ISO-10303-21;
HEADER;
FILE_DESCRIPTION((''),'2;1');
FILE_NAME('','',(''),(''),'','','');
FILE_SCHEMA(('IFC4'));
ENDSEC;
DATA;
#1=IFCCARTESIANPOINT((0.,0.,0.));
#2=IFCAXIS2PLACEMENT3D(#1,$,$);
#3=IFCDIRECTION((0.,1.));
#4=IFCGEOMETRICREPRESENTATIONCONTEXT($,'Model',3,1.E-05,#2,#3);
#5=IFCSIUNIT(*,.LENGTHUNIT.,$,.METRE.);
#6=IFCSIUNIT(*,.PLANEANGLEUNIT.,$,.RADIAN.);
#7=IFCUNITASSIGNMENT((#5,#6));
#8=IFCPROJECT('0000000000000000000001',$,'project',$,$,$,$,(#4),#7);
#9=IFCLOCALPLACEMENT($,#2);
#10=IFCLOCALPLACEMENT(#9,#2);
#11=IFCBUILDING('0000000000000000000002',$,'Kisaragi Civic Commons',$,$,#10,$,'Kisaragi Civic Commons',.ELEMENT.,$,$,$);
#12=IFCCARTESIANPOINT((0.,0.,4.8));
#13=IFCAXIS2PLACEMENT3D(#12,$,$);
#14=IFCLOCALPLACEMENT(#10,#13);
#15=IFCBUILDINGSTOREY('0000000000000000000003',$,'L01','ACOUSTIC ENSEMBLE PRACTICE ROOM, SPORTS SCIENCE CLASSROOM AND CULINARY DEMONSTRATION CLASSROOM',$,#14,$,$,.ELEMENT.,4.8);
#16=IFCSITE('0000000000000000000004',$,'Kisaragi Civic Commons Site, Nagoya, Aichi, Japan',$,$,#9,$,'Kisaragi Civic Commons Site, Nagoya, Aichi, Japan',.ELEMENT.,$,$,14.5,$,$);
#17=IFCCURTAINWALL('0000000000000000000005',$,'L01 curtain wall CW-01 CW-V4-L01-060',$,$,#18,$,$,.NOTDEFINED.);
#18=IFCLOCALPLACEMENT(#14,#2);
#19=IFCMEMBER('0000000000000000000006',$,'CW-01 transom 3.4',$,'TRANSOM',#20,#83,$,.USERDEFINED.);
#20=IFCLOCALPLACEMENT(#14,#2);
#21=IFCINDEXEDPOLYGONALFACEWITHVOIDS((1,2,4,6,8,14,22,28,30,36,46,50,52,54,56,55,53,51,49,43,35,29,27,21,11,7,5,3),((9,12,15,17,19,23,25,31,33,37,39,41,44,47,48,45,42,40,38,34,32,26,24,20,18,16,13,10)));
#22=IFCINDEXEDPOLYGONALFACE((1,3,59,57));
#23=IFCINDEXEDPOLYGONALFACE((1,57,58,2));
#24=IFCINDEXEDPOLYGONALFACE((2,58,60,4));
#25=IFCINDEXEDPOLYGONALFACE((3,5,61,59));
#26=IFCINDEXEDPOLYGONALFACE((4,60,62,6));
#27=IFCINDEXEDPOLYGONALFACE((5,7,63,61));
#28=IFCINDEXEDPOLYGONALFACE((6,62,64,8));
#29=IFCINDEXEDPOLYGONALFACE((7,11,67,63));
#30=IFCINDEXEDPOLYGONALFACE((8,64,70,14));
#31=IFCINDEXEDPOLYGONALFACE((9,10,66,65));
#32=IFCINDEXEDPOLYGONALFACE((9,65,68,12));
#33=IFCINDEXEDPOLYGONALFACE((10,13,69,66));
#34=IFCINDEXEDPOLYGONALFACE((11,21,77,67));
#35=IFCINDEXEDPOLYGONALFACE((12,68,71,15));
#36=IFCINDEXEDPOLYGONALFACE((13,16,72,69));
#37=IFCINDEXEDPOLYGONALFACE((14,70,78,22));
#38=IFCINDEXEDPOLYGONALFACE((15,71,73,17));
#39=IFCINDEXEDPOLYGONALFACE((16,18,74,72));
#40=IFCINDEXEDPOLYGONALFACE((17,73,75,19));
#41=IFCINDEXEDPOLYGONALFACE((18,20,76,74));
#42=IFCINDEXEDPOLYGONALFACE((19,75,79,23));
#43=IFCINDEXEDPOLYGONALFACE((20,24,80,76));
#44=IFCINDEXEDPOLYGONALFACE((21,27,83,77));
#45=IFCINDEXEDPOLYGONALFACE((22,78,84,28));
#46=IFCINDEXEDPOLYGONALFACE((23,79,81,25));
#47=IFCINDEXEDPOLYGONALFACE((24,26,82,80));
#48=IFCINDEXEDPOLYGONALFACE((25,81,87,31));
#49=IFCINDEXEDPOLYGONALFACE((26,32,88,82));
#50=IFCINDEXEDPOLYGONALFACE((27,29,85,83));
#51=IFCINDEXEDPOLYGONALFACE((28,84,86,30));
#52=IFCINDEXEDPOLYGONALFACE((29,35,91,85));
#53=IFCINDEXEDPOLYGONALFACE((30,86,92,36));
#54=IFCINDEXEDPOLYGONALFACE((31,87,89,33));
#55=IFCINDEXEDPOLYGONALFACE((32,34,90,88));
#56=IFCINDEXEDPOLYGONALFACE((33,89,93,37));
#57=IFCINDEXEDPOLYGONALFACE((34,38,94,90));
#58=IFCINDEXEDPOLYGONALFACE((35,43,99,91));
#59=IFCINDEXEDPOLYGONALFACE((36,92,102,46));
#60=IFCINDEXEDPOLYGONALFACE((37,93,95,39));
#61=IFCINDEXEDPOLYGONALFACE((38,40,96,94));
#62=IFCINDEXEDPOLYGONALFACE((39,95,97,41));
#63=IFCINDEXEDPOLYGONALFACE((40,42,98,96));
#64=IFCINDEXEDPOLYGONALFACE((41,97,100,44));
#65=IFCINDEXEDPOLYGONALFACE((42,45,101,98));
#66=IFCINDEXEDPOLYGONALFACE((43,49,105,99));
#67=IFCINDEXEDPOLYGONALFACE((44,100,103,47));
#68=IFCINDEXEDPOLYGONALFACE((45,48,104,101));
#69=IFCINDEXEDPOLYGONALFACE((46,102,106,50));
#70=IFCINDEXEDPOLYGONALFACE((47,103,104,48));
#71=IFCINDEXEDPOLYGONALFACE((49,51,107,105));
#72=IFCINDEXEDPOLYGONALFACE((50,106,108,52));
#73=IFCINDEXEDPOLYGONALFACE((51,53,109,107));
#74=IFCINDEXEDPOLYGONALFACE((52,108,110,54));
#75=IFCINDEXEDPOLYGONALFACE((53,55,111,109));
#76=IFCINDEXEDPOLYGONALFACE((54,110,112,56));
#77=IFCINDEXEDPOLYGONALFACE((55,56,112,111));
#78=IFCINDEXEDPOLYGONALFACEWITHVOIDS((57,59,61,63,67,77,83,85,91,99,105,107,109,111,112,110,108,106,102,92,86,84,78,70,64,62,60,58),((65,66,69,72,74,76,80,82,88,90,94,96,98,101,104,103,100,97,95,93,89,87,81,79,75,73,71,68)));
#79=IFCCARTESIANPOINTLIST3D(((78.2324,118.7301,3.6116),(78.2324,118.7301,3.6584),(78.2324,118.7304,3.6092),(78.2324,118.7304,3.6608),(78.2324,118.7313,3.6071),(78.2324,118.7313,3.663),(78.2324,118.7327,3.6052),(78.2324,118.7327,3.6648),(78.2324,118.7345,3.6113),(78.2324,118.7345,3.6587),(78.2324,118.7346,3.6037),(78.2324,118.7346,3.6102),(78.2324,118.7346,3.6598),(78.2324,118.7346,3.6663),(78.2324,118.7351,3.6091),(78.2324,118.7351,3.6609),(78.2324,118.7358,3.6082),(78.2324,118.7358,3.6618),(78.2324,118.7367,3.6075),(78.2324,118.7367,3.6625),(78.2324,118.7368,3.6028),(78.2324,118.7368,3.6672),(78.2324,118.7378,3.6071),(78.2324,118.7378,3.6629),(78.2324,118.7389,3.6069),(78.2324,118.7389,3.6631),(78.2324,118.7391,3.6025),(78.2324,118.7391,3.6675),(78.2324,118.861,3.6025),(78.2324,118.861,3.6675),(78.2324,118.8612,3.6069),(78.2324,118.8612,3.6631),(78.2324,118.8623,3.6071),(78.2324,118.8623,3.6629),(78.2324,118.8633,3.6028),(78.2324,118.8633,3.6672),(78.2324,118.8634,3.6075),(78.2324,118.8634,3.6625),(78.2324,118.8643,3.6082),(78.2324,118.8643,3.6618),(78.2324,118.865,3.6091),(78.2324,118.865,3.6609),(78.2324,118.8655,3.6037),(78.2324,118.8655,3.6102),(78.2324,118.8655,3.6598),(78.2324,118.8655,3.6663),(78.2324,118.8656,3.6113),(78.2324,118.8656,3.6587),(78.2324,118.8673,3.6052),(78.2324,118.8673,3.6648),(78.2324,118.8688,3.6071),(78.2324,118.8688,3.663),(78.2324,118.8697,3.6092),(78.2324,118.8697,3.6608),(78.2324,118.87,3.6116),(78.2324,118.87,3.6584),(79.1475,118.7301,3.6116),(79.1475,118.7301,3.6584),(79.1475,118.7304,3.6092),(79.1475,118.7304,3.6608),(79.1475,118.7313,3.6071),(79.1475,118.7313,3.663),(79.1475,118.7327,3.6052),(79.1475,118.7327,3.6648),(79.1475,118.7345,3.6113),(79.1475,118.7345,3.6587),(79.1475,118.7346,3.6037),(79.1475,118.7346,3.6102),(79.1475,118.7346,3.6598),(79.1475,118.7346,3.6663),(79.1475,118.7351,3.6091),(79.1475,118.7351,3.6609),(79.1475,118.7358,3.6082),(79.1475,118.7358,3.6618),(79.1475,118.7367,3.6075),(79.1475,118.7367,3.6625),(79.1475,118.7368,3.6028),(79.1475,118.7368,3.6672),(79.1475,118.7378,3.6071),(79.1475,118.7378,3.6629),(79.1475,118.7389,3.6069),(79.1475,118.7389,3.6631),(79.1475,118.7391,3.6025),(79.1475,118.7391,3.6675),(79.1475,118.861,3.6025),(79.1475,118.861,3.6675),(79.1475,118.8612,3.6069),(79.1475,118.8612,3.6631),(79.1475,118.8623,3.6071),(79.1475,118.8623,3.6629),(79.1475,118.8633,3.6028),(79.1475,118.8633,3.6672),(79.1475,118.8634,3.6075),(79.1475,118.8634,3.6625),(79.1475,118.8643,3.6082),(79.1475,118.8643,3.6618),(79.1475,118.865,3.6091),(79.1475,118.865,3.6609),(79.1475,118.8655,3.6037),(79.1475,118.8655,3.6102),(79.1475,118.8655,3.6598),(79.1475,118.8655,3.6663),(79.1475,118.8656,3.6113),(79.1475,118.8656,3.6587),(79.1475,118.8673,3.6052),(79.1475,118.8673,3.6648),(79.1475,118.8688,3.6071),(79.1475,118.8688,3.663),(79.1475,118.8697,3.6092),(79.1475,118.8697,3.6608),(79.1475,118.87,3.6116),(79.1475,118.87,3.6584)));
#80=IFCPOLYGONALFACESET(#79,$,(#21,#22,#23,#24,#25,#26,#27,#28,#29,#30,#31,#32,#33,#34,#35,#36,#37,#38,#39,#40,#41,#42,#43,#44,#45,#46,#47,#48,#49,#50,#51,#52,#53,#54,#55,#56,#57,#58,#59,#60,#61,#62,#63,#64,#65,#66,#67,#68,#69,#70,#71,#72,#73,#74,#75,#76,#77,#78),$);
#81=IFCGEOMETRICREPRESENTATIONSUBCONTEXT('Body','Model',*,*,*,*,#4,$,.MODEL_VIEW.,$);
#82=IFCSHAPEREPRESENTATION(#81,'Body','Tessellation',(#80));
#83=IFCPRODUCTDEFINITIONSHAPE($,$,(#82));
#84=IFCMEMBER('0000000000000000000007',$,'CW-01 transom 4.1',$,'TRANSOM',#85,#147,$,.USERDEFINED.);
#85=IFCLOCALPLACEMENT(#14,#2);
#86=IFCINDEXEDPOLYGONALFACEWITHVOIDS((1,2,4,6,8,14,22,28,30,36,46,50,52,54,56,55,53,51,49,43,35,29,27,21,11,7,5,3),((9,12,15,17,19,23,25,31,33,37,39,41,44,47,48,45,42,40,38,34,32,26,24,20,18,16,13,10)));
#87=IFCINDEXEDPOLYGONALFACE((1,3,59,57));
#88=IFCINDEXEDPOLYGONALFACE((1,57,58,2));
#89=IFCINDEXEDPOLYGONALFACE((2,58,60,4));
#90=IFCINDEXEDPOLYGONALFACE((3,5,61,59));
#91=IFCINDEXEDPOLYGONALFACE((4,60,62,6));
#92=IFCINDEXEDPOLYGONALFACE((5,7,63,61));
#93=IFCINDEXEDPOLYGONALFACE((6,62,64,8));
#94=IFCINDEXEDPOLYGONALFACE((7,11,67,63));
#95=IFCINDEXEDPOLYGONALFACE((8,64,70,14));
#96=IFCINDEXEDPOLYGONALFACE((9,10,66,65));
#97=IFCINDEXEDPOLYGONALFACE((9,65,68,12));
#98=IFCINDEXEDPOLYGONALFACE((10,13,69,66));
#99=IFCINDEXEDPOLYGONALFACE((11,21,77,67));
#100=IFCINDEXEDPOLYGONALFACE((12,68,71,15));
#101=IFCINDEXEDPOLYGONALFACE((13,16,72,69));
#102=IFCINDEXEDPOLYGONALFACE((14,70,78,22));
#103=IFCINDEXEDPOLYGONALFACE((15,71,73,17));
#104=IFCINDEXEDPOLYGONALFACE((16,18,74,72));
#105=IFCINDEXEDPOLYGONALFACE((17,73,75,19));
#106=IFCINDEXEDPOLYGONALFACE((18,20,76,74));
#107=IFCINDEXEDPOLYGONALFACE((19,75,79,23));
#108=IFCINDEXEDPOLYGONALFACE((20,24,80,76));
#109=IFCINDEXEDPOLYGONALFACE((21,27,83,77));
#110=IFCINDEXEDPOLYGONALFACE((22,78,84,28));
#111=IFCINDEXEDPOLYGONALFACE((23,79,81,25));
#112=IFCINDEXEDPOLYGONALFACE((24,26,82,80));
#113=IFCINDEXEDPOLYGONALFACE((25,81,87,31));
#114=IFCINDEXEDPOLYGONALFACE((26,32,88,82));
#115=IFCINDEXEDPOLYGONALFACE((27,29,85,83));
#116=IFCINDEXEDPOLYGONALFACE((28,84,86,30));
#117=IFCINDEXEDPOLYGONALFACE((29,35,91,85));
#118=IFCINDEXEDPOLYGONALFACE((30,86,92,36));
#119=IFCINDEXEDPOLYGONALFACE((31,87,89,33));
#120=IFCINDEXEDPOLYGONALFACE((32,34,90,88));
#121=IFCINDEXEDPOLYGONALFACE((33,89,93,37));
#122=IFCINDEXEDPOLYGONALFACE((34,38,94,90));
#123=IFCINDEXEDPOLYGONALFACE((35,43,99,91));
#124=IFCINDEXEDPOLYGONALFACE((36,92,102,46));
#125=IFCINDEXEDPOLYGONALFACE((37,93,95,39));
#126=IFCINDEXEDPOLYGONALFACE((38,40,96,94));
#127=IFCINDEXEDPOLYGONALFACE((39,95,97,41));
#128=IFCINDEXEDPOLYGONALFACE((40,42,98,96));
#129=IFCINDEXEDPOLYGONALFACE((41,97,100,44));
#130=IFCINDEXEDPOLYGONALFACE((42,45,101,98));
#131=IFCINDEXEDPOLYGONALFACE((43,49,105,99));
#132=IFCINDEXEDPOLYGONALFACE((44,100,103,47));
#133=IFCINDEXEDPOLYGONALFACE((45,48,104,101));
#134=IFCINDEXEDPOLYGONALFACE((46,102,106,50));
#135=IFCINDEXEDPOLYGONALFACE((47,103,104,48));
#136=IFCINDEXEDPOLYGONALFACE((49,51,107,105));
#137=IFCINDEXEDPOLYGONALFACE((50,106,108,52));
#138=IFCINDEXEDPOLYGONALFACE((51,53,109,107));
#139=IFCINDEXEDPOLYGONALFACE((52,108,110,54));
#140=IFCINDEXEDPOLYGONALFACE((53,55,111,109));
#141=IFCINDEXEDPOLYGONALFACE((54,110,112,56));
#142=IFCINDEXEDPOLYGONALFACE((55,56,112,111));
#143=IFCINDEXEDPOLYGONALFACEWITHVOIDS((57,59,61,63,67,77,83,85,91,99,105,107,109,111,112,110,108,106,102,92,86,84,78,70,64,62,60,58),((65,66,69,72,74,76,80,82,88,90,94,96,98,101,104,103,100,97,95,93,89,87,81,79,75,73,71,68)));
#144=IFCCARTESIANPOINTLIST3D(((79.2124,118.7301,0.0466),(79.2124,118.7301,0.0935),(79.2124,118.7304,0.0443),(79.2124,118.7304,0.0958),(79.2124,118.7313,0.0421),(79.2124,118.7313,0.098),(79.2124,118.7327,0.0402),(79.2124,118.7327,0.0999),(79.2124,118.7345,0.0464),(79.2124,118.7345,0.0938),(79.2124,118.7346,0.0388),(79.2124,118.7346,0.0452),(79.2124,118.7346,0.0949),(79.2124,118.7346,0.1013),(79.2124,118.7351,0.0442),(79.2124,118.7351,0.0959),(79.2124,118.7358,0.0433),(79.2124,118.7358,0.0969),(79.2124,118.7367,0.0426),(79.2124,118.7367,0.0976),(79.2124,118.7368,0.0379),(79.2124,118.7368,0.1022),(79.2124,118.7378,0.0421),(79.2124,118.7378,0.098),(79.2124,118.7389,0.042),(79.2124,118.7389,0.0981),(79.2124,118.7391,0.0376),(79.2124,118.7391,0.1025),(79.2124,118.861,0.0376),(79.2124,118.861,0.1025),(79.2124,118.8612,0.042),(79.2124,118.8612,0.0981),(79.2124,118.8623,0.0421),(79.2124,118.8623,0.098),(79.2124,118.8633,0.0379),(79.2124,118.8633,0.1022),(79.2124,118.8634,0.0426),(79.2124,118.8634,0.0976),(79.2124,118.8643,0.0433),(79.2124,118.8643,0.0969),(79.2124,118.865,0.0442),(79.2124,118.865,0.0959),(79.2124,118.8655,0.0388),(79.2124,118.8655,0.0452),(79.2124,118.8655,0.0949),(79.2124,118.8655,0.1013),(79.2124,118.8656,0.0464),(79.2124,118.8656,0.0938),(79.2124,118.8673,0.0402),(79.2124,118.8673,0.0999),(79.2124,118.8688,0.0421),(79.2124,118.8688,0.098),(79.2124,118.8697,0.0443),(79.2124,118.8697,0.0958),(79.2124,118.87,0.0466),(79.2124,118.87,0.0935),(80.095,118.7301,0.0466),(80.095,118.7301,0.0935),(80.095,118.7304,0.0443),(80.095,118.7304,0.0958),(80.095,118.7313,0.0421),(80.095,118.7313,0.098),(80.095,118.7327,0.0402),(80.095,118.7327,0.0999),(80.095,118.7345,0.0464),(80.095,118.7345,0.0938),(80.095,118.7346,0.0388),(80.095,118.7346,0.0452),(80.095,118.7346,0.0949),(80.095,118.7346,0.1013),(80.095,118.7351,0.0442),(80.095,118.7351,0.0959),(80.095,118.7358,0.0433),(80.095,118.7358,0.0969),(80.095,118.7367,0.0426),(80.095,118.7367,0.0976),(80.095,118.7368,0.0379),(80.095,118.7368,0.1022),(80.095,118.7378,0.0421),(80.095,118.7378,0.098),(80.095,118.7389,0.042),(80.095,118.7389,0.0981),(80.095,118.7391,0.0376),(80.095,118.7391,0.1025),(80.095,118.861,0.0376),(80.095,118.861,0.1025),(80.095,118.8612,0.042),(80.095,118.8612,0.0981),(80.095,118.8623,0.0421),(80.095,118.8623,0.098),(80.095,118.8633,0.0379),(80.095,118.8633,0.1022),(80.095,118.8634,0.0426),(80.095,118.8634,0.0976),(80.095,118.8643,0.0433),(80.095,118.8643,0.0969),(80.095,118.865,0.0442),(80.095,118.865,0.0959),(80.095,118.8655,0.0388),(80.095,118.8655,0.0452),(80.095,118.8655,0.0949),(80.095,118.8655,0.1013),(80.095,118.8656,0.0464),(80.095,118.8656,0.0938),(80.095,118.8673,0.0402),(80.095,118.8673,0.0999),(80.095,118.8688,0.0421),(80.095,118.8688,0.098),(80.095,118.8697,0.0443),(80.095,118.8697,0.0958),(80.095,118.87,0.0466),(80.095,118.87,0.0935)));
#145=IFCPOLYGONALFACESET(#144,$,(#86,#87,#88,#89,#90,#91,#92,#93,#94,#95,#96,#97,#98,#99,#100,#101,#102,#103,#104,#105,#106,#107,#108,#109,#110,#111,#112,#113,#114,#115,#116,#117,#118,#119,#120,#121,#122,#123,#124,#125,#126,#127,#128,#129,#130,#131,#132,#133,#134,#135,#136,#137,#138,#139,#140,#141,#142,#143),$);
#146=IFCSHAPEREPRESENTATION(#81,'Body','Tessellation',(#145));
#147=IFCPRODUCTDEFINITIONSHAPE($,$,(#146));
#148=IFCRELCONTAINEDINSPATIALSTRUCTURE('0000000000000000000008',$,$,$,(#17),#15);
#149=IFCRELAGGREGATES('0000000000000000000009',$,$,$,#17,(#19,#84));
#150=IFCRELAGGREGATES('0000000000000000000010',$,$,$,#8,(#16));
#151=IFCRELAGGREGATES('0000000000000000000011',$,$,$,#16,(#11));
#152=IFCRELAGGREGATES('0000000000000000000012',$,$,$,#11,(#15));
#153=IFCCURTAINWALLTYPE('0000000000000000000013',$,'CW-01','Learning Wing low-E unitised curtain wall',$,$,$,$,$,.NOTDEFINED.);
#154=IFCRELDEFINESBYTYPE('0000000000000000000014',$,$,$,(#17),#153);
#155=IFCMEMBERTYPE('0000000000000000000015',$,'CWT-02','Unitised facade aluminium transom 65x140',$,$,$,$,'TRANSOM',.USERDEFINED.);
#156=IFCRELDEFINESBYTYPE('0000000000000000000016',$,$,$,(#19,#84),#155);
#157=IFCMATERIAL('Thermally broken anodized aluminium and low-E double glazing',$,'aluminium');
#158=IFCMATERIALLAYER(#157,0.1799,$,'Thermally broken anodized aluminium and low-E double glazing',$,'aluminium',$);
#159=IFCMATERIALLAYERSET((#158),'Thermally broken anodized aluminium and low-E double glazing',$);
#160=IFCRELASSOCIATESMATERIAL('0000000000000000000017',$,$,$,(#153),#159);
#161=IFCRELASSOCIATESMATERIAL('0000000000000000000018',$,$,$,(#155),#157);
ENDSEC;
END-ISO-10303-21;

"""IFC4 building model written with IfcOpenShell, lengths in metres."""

from ifc_helpers import new_model, si_unit, direction, frame, origin, origin_2d, place, context, subcontext, project, spatial, hollow_rectangle, extrude, material, layer, layer_set, material_profile, profile_set, type_object, element, aggregate, save


model = new_model("IFC4")

# Units and contexts
model_context = context("Model", 3, precision=1e-05, world=origin(), true_north=direction((0.0, 1.0)))
body_context = subcontext(model_context, "Body", "Model", "MODEL_VIEW")
ifc_project = project(units=[si_unit("LENGTHUNIT", "METRE"), si_unit("PLANEANGLEUNIT", "RADIAN")], contexts=[model_context])

# Site, building, storey
site_placement = place(None, origin())
site = spatial("IfcSite", under=ifc_project, at=site_placement, Name="Kisaragi Civic Commons Site, Nagoya, Aichi, Japan", LongName="Kisaragi Civic Commons Site, Nagoya, Aichi, Japan", CompositionType="ELEMENT", RefElevation=14.5)
building_placement = place(site_placement, origin())
building = spatial("IfcBuilding", under=site, at=building_placement, Name="Kisaragi Civic Commons", LongName="Kisaragi Civic Commons", CompositionType="ELEMENT")
storey_placement = place(building_placement, frame((0.0, 0.0, 4.8)))
storey = spatial("IfcBuildingStorey", under=building, at=storey_placement, Name="L01", Description="ACOUSTIC ENSEMBLE PRACTICE ROOM, SPORTS SCIENCE CLASSROOM AND CULINARY DEMONSTRATION CLASSROOM", CompositionType="ELEMENT", Elevation=4.8)

# Curtain wall, members
ifc_material_1 = material(Name="Thermally broken anodized aluminium and low-E double glazing", Category="aluminium")
ifc_layer_1 = layer(ifc_material_1, 0.1799, Name="Thermally broken anodized aluminium and low-E double glazing", Category="aluminium")
ifc_layer_set_1 = layer_set([ifc_layer_1], Name="Thermally broken anodized aluminium and low-E double glazing")
curtain_wall_type = type_object("IfcCurtainWallType", Name="CW-01", Description="Learning Wing low-E unitised curtain wall", PredefinedType="NOTDEFINED", material=ifc_layer_set_1)
curtain_wall_placement = place(storey_placement, origin())
curtain_wall = element("IfcCurtainWall", 1, at=curtain_wall_placement, inside=storey, type_object=curtain_wall_type, Name="L01 curtain wall CW-01 CW-V4-L01-060", PredefinedType="NOTDEFINED")
ifc_material_profile_1 = material_profile(ifc_material_1, hollow_rectangle(XDim=0.1399, YDim=0.0649, WallThickness=0.0044, InnerFilletRadius=0.0044, OuterFilletRadius=0.009, at=origin_2d()), Name="CWT-65x140x4.5", Category="aluminium")
ifc_profile_set_1 = profile_set([ifc_material_profile_1], Name="Thermally broken anodized aluminium and low-E double glazing")
member_type_1 = type_object("IfcMemberType", Name="CWT-02", Description="Unitised facade aluminium transom 65x140", ElementType="TRANSOM", PredefinedType="USERDEFINED", material=ifc_profile_set_1)
member_1_placement = place(storey_placement, frame((78.2324, 118.8, 3.635), z_axis=(1.0, 0.0, 0.0), x_axis=(0.0, 1.0, 0.0)))
member_1 = element("IfcMember", 2, at=member_1_placement, type_object=member_type_1, Name="CW-01 transom 3.4", ObjectType="TRANSOM", PredefinedType="USERDEFINED", context=body_context, shape_type="SweptSolid", body=[
    extrude(hollow_rectangle(XDim=0.1399, YDim=0.0649, WallThickness=0.0044, InnerFilletRadius=0.0044, OuterFilletRadius=0.009, at=origin_2d()), origin(), (0.0, 0.0, 1.0), 0.915),
])
member_2_placement = place(storey_placement, frame((79.2124, 118.8, 0.0701), z_axis=(1.0, 0.0, 0.0), x_axis=(0.0, 1.0, 0.0)))
member_2 = element("IfcMember", 3, at=member_2_placement, type_object=member_type_1, Name="CW-01 transom 4.1", ObjectType="TRANSOM", PredefinedType="USERDEFINED", context=body_context, shape_type="SweptSolid", body=[
    extrude(hollow_rectangle(XDim=0.1399, YDim=0.0649, WallThickness=0.0044, InnerFilletRadius=0.0044, OuterFilletRadius=0.009, at=origin_2d()), origin(), (0.0, 0.0, 1.0), 0.8826),
])
aggregate(curtain_wall, [member_1, member_2])

save(model, "model.ifc")
